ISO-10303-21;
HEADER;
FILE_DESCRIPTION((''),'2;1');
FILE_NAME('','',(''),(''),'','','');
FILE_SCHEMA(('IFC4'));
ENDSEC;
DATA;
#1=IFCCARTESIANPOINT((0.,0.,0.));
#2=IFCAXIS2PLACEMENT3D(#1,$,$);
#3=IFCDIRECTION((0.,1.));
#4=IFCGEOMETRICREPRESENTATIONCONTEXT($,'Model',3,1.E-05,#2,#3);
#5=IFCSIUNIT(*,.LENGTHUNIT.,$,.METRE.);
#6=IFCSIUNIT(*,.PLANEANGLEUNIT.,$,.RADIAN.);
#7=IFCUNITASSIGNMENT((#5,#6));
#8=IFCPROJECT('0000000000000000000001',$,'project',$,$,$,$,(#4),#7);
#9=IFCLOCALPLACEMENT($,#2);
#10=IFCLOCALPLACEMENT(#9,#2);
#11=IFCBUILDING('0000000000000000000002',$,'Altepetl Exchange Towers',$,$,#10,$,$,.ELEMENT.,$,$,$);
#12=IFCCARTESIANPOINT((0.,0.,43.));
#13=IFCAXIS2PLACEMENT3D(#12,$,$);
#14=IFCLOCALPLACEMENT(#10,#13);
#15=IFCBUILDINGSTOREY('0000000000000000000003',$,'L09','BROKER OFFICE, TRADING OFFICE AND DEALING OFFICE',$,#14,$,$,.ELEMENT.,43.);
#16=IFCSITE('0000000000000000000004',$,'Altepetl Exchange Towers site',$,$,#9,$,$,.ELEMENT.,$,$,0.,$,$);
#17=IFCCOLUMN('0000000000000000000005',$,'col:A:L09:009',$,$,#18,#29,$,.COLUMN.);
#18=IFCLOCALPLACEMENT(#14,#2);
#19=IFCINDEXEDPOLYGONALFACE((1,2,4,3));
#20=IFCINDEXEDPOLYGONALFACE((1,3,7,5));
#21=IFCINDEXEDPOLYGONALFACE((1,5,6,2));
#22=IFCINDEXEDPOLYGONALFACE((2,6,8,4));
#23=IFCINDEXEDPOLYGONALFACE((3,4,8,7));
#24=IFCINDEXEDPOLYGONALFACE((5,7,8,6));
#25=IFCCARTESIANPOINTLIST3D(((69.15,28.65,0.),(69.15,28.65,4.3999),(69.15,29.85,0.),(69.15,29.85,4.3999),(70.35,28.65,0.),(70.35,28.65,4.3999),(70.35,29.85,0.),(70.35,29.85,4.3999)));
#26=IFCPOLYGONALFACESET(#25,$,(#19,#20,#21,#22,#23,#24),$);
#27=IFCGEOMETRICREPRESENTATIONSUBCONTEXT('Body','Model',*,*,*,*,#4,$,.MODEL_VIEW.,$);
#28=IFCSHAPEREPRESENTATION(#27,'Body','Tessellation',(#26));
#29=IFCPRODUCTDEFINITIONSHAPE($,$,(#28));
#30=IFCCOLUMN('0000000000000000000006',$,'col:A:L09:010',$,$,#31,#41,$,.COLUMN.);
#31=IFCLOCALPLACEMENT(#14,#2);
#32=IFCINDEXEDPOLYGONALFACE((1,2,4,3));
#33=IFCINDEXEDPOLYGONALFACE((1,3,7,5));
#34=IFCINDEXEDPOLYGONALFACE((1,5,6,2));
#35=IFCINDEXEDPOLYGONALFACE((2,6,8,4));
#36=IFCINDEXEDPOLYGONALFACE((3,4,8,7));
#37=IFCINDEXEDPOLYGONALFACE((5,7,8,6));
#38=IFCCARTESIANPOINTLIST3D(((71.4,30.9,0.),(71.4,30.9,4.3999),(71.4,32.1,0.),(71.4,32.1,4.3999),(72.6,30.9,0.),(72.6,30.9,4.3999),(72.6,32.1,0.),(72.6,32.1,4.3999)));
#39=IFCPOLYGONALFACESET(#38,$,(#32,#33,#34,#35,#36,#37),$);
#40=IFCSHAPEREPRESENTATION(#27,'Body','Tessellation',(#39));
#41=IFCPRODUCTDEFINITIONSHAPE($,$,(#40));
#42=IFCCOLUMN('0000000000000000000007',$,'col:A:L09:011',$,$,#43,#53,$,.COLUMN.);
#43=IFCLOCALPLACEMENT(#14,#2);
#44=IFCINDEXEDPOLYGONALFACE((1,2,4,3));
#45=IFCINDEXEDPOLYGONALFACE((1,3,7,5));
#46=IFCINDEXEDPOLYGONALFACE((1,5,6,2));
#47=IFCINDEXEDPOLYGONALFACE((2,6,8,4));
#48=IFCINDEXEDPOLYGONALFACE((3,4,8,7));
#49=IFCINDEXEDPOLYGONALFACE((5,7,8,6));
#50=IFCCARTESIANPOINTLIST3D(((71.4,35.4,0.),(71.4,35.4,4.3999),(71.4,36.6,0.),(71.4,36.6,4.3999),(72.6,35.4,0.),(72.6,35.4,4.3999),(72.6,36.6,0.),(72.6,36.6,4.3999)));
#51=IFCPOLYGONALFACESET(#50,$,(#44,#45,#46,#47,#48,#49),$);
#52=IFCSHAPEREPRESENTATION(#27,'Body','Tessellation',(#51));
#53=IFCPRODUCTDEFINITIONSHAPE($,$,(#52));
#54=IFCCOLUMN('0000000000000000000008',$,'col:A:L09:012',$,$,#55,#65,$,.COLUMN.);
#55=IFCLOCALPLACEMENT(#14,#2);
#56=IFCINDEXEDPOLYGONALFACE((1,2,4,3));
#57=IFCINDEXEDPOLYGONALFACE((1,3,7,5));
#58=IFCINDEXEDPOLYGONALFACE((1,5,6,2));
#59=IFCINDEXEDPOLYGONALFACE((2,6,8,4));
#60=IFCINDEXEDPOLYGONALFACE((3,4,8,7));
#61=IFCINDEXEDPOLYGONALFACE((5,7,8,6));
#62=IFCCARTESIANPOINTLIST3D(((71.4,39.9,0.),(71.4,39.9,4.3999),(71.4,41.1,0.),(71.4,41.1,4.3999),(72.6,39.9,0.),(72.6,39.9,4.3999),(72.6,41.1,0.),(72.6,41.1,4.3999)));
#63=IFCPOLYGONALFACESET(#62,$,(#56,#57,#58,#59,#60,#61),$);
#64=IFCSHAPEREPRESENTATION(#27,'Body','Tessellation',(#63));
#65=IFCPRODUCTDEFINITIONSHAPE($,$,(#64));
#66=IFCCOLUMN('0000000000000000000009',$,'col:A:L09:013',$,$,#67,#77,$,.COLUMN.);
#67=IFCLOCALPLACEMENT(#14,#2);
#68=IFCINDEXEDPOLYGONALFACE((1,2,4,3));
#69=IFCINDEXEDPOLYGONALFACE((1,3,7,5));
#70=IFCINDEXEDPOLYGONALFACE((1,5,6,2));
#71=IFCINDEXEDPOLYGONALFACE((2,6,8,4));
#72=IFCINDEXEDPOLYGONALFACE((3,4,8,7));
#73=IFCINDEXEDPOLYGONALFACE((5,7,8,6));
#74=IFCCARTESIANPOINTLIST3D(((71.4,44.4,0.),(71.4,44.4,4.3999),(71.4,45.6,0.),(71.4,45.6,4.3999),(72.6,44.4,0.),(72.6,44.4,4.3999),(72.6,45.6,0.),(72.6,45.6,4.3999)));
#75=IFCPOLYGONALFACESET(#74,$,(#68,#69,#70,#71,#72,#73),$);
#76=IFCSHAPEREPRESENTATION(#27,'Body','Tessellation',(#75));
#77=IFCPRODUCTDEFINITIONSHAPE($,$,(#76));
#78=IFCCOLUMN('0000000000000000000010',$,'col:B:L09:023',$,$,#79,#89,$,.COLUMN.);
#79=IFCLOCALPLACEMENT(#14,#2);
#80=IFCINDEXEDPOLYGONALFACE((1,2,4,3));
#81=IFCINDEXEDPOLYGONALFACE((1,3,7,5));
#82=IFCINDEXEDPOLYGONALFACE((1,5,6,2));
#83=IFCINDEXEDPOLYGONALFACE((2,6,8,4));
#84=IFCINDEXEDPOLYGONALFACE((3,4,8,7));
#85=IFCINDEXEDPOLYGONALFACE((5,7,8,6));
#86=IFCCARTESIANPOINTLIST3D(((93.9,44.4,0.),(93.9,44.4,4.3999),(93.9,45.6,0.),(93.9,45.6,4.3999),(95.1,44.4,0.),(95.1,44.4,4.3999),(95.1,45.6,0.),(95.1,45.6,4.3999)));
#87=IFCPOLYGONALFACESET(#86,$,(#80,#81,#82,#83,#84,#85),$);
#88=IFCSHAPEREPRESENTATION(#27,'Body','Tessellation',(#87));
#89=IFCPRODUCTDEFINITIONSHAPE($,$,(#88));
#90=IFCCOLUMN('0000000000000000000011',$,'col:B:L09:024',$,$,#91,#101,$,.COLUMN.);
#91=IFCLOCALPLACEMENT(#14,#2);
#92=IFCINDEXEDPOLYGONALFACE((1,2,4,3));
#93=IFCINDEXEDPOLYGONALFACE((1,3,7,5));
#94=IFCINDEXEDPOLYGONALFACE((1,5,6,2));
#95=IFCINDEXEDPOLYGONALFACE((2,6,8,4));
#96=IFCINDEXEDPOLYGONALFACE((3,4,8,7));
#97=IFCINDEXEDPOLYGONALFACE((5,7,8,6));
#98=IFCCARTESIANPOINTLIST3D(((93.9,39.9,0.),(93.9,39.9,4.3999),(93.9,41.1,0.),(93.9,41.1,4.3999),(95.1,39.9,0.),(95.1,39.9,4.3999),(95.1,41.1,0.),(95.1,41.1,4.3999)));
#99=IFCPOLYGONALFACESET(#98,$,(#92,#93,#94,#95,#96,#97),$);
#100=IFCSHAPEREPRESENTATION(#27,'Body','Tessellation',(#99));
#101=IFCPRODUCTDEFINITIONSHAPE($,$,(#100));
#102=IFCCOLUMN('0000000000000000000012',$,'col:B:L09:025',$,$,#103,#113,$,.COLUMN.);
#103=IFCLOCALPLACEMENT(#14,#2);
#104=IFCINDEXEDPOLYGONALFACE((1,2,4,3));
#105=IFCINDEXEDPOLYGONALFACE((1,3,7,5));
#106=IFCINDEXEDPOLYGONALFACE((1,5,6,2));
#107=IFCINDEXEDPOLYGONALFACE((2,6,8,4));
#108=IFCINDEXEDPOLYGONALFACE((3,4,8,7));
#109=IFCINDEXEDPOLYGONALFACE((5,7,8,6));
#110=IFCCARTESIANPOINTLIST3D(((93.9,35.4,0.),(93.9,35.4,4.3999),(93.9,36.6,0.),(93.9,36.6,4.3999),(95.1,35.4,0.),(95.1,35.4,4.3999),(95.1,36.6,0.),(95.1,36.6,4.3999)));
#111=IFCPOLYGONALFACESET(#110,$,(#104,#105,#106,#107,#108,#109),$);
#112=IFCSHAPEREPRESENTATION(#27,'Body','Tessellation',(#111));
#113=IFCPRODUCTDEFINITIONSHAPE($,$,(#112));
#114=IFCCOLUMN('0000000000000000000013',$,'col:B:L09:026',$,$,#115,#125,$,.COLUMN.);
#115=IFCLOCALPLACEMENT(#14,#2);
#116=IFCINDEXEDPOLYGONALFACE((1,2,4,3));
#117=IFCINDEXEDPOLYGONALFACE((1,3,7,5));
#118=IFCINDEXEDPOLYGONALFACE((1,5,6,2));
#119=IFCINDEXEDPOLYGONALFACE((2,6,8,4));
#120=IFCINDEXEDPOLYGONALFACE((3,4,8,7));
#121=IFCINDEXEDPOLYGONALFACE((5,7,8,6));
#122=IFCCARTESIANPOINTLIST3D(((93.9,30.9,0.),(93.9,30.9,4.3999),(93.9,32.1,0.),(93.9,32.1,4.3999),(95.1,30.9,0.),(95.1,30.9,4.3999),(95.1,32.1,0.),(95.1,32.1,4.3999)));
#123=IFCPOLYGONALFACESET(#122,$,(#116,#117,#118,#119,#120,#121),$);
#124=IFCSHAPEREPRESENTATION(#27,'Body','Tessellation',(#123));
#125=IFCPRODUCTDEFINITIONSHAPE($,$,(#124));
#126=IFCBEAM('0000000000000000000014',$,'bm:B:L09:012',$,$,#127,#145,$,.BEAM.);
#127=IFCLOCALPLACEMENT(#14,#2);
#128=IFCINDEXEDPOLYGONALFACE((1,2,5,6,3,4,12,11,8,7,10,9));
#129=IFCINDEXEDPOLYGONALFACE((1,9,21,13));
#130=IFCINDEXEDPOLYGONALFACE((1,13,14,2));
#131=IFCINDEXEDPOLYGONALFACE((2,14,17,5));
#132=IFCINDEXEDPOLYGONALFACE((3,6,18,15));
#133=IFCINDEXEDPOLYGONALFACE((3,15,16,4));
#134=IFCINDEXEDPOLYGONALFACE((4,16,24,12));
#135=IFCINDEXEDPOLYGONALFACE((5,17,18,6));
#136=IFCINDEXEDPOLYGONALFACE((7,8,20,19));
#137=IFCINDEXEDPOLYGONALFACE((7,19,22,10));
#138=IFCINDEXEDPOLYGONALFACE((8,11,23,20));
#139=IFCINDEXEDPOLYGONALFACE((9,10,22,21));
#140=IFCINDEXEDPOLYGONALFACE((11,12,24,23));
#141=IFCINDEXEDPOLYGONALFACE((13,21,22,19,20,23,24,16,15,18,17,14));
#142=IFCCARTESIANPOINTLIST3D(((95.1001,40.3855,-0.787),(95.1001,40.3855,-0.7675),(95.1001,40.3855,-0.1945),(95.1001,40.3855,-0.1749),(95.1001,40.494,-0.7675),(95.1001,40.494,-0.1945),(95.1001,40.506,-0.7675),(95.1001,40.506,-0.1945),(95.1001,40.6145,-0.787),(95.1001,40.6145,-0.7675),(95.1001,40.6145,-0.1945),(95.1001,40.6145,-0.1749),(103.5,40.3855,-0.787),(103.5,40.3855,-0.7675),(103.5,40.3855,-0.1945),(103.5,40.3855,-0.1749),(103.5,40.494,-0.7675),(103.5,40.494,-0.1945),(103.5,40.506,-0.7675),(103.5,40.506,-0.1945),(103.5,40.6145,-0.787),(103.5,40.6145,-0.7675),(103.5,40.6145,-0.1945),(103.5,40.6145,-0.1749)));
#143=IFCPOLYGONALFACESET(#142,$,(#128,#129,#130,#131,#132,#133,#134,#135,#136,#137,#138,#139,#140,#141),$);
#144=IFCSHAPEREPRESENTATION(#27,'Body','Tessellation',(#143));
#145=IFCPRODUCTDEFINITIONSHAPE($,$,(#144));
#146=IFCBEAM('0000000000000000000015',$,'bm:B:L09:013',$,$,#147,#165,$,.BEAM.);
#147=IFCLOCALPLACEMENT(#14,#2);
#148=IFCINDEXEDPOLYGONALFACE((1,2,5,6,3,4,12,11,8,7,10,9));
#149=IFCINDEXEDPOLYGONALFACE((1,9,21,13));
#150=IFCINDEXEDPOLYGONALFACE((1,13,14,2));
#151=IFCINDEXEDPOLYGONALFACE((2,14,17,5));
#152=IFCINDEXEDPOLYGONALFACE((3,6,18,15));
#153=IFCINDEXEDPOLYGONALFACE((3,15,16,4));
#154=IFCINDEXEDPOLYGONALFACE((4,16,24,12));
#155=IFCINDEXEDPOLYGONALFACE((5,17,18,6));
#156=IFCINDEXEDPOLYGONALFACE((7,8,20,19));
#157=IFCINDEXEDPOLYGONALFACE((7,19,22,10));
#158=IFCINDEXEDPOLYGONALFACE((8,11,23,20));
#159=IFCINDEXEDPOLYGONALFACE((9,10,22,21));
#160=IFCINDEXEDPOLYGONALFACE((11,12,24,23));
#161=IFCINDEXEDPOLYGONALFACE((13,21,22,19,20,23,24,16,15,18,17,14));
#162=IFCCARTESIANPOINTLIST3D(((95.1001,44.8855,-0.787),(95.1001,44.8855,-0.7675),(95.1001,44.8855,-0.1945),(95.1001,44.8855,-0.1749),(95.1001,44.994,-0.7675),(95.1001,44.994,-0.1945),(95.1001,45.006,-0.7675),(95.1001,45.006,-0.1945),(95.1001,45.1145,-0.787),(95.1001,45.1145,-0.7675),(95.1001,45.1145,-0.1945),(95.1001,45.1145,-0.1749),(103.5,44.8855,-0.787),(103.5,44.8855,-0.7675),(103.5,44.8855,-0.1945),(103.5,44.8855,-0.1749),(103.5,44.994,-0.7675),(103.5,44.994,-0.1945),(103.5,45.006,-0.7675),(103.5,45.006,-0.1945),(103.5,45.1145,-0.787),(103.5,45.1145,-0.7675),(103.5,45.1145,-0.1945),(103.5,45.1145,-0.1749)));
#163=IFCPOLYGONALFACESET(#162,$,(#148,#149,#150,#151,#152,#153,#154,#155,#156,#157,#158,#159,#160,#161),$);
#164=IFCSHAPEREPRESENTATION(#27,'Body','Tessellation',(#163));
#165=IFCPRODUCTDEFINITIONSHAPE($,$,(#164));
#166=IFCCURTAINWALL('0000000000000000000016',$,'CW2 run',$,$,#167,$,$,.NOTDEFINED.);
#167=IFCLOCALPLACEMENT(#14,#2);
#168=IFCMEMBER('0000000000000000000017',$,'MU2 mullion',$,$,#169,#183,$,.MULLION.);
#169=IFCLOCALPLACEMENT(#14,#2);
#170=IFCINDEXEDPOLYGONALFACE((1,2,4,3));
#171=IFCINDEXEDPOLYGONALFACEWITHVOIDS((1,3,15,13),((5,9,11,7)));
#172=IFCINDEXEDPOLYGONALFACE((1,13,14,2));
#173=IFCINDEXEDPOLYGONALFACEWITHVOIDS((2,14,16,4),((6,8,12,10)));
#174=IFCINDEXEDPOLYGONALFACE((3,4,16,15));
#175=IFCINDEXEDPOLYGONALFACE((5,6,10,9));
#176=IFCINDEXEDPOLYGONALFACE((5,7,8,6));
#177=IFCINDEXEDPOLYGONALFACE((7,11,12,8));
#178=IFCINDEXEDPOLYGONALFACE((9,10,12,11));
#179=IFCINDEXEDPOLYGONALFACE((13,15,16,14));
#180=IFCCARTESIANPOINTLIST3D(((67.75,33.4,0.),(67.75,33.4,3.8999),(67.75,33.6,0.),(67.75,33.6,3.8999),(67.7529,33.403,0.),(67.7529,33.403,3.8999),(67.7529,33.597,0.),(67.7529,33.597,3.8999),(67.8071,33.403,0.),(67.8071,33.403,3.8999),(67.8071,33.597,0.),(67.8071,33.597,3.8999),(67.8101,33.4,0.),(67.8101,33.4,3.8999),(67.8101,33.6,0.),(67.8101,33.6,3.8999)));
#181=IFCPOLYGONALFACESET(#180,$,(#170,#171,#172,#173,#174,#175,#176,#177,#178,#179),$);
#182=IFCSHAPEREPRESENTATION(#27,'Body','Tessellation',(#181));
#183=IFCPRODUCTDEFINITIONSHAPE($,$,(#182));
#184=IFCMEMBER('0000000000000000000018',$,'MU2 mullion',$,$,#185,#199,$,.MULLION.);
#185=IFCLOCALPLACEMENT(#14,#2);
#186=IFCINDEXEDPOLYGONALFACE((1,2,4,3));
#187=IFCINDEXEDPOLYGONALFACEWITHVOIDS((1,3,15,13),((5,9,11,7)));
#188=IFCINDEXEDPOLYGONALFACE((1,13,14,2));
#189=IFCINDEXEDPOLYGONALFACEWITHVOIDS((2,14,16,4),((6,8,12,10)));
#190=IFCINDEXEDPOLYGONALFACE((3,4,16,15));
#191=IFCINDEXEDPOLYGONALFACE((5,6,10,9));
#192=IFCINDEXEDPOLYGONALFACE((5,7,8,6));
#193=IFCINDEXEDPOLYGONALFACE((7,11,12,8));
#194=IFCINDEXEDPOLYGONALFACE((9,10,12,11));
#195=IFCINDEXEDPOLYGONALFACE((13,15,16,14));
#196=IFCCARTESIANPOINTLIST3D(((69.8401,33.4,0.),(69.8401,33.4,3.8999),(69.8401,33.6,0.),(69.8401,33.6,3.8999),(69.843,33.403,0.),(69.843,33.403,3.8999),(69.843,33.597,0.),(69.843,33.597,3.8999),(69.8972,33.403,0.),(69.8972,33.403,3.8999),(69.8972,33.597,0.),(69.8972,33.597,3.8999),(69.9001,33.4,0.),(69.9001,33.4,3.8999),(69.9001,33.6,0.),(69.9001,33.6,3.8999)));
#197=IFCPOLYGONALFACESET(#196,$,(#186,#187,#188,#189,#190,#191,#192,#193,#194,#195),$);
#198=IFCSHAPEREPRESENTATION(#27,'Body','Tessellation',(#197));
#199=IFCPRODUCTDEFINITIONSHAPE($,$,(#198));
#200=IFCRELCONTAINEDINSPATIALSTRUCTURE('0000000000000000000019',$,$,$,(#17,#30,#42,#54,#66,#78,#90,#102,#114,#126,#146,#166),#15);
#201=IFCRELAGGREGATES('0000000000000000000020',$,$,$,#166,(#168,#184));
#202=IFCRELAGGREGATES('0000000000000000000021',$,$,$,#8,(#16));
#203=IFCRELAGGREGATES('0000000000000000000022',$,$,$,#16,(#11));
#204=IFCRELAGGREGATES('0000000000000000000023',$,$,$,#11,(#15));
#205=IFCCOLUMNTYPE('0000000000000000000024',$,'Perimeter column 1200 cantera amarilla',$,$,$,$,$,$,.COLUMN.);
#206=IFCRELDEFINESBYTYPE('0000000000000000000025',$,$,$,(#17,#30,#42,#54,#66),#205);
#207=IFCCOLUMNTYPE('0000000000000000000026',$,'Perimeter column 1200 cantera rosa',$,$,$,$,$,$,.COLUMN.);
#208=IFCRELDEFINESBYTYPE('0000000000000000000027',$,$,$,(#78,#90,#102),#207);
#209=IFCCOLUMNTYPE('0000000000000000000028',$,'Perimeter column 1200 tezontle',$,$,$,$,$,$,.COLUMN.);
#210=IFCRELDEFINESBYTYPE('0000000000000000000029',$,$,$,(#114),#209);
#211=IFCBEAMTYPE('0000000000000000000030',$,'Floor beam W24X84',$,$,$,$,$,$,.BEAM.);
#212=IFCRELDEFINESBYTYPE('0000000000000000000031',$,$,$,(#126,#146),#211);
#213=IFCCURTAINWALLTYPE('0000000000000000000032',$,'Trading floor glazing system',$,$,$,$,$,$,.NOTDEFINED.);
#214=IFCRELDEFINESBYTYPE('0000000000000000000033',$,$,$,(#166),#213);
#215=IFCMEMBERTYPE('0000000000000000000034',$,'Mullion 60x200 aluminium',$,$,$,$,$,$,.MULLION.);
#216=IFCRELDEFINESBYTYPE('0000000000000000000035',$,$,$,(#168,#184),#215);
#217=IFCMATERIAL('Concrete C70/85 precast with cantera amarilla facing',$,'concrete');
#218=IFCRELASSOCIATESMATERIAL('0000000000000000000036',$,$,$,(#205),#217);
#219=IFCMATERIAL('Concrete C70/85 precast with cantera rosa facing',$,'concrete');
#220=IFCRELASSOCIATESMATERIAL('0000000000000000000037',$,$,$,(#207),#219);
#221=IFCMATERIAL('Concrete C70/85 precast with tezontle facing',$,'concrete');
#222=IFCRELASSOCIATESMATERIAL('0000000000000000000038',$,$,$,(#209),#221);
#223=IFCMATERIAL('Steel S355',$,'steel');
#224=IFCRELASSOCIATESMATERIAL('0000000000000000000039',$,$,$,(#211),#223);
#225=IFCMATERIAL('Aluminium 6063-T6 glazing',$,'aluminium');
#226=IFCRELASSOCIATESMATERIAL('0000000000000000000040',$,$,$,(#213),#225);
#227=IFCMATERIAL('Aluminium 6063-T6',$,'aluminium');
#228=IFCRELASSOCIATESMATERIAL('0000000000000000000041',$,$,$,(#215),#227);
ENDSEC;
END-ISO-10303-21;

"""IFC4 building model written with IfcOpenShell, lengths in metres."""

from ifc_helpers import new_model, si_unit, direction, frame, origin, origin_2d, place, context, subcontext, project, spatial, rectangle, hollow_rectangle, i_section, extrude, material, material_profile, profile_set, type_object, element, aggregate, save


model = new_model("IFC4")

# Units and contexts
model_context = context("Model", 3, precision=1e-05, world=origin(), true_north=direction((0.0, 1.0)))
body_context = subcontext(model_context, "Body", "Model", "MODEL_VIEW")
ifc_project = project(units=[si_unit("LENGTHUNIT", "METRE"), si_unit("PLANEANGLEUNIT", "RADIAN")], contexts=[model_context])

# Site, building, storey
site_placement = place(None, origin())
site = spatial("IfcSite", under=ifc_project, at=site_placement, Name="Altepetl Exchange Towers site", CompositionType="ELEMENT", RefElevation=0.0)
building_placement = place(site_placement, origin())
building = spatial("IfcBuilding", under=site, at=building_placement, Name="Altepetl Exchange Towers", CompositionType="ELEMENT")
storey_placement = place(building_placement, frame((0.0, 0.0, 43.0)))
storey = spatial("IfcBuildingStorey", under=building, at=storey_placement, Name="L09", Description="BROKER OFFICE, TRADING OFFICE AND DEALING OFFICE", CompositionType="ELEMENT", Elevation=43.0)

# Columns
ifc_material_1 = material(Name="Concrete C70/85 precast with cantera amarilla facing", Category="concrete")
ifc_material_profile_1 = material_profile(ifc_material_1, rectangle(XDim=1.2, YDim=1.2, at=origin_2d()), Name="1200 x 1200")
ifc_profile_set_1 = profile_set([ifc_material_profile_1], Name="Concrete C70/85 precast with cantera amarilla facing")
column_type_1 = type_object("IfcColumnType", Name="Perimeter column 1200 cantera amarilla", PredefinedType="COLUMN", material=ifc_profile_set_1)
for number, where, name in (
    (1, (69.75, 29.25, 0.0), "col:A:L09:009"),
    (2, (72.0, 31.5, 0.0), "col:A:L09:010"),
    (3, (72.0, 36.0, 0.0), "col:A:L09:011"),
    (4, (72.0, 40.5, 0.0), "col:A:L09:012"),
    (5, (72.0, 45.0, 0.0), "col:A:L09:013"),
):
    element("IfcColumn", number, at=place(storey_placement, frame(where)), inside=storey, type_object=column_type_1, Name=name, PredefinedType="COLUMN", context=body_context, shape_type="SweptSolid", body=[
        extrude(rectangle(XDim=1.2, YDim=1.2, at=origin_2d()), origin(), (0.0, 0.0, 1.0), 4.3999),
    ])
ifc_material_2 = material(Name="Concrete C70/85 precast with cantera rosa facing", Category="concrete")
ifc_material_profile_2 = material_profile(ifc_material_2, rectangle(XDim=1.2, YDim=1.2, at=origin_2d()), Name="1200 x 1200")
ifc_profile_set_2 = profile_set([ifc_material_profile_2], Name="Concrete C70/85 precast with cantera rosa facing")
column_type_2 = type_object("IfcColumnType", Name="Perimeter column 1200 cantera rosa", PredefinedType="COLUMN", material=ifc_profile_set_2)
for number, where, name in (
    (6, (94.5, 45.0, 0.0), "col:B:L09:023"),
    (7, (94.5, 40.5, 0.0), "col:B:L09:024"),
    (8, (94.5, 36.0, 0.0), "col:B:L09:025"),
):
    element("IfcColumn", number, at=place(storey_placement, frame(where)), inside=storey, type_object=column_type_2, Name=name, PredefinedType="COLUMN", context=body_context, shape_type="SweptSolid", body=[
        extrude(rectangle(XDim=1.2, YDim=1.2, at=origin_2d()), origin(), (0.0, 0.0, 1.0), 4.3999),
    ])
ifc_material_3 = material(Name="Concrete C70/85 precast with tezontle facing", Category="concrete")
ifc_material_profile_3 = material_profile(ifc_material_3, rectangle(XDim=1.2, YDim=1.2, at=origin_2d()), Name="1200 x 1200")
ifc_profile_set_3 = profile_set([ifc_material_profile_3], Name="Concrete C70/85 precast with tezontle facing")
column_type_3 = type_object("IfcColumnType", Name="Perimeter column 1200 tezontle", PredefinedType="COLUMN", material=ifc_profile_set_3)
column_placement = place(storey_placement, frame((94.5, 31.5, 0.0)))
element("IfcColumn", 9, at=column_placement, inside=storey, type_object=column_type_3, Name="col:B:L09:026", PredefinedType="COLUMN", context=body_context, shape_type="SweptSolid", body=[
    extrude(rectangle(XDim=1.2, YDim=1.2, at=origin_2d()), origin(), (0.0, 0.0, 1.0), 4.3999),
])

# Beams
ifc_material_4 = material(Name="Steel S355", Category="steel")
ifc_material_profile_4 = material_profile(ifc_material_4, i_section(OverallWidth=0.229, OverallDepth=0.6121, WebThickness=0.012, FlangeThickness=0.0195, at=origin_2d()), Name="W24X84")
ifc_profile_set_4 = profile_set([ifc_material_profile_4], Name="Steel S355")
beam_type_1 = type_object("IfcBeamType", Name="Floor beam W24X84", PredefinedType="BEAM", material=ifc_profile_set_4)
for number, where, z_axis, x_axis, name in (
    (10, (95.1001, 40.5, -0.481), (1.0, 0.0, 0.0), (0.0, 1.0, 0.0), "bm:B:L09:012"),
    (11, (95.1001, 45.0, -0.481), (1.0, 0.0, 0.0), (0.0, 1.0, 0.0), "bm:B:L09:013"),
):
    element("IfcBeam", number, at=place(storey_placement, frame(where, z_axis=z_axis, x_axis=x_axis)), inside=storey, type_object=beam_type_1, Name=name, PredefinedType="BEAM", context=body_context, shape_type="SweptSolid", body=[
        extrude(i_section(OverallWidth=0.229, OverallDepth=0.6121, WebThickness=0.012, FlangeThickness=0.0195, at=origin_2d()), origin(), (0.0, 0.0, 1.0), 8.3999),
    ])

# Curtain wall, members
ifc_material_5 = material(Name="Aluminium 6063-T6 glazing", Category="aluminium")
curtain_wall_type = type_object("IfcCurtainWallType", Name="Trading floor glazing system", PredefinedType="NOTDEFINED", material=ifc_material_5)
curtain_wall_1_placement = place(storey_placement, origin())
curtain_wall_1 = element("IfcCurtainWall", 12, at=curtain_wall_1_placement, inside=storey, type_object=curtain_wall_type, Name="CW2 run", PredefinedType="NOTDEFINED")
ifc_material_6 = material(Name="Aluminium 6063-T6", Category="aluminium")
ifc_material_profile_5 = material_profile(ifc_material_6, hollow_rectangle(XDim=0.0601, YDim=0.2, WallThickness=0.0029, at=origin_2d()), Name="Mullion 60x200 aluminium")
ifc_profile_set_5 = profile_set([ifc_material_profile_5], Name="Aluminium 6063-T6")
member_type = type_object("IfcMemberType", Name="Mullion 60x200 aluminium", PredefinedType="MULLION", material=ifc_profile_set_5)
member_1_placement = place(storey_placement, frame((67.78, 33.5, 0.0)))
member_1 = element("IfcMember", 13, at=member_1_placement, type_object=member_type, Name="MU2 mullion", PredefinedType="MULLION", context=body_context, shape_type="SweptSolid", body=[
    extrude(hollow_rectangle(XDim=0.0601, YDim=0.2, WallThickness=0.0029, at=origin_2d()), origin(), (0.0, 0.0, 1.0), 3.8999),
])
member_2_placement = place(storey_placement, frame((69.8701, 33.5, 0.0)))
member_2 = element("IfcMember", 14, at=member_2_placement, type_object=member_type, Name="MU2 mullion", PredefinedType="MULLION", context=body_context, shape_type="SweptSolid", body=[
    extrude(hollow_rectangle(XDim=0.0601, YDim=0.2, WallThickness=0.0029, at=origin_2d()), origin(), (0.0, 0.0, 1.0), 3.8999),
])

aggregate(curtain_wall_1, [member_1, member_2])

save(model, "model.ifc")
